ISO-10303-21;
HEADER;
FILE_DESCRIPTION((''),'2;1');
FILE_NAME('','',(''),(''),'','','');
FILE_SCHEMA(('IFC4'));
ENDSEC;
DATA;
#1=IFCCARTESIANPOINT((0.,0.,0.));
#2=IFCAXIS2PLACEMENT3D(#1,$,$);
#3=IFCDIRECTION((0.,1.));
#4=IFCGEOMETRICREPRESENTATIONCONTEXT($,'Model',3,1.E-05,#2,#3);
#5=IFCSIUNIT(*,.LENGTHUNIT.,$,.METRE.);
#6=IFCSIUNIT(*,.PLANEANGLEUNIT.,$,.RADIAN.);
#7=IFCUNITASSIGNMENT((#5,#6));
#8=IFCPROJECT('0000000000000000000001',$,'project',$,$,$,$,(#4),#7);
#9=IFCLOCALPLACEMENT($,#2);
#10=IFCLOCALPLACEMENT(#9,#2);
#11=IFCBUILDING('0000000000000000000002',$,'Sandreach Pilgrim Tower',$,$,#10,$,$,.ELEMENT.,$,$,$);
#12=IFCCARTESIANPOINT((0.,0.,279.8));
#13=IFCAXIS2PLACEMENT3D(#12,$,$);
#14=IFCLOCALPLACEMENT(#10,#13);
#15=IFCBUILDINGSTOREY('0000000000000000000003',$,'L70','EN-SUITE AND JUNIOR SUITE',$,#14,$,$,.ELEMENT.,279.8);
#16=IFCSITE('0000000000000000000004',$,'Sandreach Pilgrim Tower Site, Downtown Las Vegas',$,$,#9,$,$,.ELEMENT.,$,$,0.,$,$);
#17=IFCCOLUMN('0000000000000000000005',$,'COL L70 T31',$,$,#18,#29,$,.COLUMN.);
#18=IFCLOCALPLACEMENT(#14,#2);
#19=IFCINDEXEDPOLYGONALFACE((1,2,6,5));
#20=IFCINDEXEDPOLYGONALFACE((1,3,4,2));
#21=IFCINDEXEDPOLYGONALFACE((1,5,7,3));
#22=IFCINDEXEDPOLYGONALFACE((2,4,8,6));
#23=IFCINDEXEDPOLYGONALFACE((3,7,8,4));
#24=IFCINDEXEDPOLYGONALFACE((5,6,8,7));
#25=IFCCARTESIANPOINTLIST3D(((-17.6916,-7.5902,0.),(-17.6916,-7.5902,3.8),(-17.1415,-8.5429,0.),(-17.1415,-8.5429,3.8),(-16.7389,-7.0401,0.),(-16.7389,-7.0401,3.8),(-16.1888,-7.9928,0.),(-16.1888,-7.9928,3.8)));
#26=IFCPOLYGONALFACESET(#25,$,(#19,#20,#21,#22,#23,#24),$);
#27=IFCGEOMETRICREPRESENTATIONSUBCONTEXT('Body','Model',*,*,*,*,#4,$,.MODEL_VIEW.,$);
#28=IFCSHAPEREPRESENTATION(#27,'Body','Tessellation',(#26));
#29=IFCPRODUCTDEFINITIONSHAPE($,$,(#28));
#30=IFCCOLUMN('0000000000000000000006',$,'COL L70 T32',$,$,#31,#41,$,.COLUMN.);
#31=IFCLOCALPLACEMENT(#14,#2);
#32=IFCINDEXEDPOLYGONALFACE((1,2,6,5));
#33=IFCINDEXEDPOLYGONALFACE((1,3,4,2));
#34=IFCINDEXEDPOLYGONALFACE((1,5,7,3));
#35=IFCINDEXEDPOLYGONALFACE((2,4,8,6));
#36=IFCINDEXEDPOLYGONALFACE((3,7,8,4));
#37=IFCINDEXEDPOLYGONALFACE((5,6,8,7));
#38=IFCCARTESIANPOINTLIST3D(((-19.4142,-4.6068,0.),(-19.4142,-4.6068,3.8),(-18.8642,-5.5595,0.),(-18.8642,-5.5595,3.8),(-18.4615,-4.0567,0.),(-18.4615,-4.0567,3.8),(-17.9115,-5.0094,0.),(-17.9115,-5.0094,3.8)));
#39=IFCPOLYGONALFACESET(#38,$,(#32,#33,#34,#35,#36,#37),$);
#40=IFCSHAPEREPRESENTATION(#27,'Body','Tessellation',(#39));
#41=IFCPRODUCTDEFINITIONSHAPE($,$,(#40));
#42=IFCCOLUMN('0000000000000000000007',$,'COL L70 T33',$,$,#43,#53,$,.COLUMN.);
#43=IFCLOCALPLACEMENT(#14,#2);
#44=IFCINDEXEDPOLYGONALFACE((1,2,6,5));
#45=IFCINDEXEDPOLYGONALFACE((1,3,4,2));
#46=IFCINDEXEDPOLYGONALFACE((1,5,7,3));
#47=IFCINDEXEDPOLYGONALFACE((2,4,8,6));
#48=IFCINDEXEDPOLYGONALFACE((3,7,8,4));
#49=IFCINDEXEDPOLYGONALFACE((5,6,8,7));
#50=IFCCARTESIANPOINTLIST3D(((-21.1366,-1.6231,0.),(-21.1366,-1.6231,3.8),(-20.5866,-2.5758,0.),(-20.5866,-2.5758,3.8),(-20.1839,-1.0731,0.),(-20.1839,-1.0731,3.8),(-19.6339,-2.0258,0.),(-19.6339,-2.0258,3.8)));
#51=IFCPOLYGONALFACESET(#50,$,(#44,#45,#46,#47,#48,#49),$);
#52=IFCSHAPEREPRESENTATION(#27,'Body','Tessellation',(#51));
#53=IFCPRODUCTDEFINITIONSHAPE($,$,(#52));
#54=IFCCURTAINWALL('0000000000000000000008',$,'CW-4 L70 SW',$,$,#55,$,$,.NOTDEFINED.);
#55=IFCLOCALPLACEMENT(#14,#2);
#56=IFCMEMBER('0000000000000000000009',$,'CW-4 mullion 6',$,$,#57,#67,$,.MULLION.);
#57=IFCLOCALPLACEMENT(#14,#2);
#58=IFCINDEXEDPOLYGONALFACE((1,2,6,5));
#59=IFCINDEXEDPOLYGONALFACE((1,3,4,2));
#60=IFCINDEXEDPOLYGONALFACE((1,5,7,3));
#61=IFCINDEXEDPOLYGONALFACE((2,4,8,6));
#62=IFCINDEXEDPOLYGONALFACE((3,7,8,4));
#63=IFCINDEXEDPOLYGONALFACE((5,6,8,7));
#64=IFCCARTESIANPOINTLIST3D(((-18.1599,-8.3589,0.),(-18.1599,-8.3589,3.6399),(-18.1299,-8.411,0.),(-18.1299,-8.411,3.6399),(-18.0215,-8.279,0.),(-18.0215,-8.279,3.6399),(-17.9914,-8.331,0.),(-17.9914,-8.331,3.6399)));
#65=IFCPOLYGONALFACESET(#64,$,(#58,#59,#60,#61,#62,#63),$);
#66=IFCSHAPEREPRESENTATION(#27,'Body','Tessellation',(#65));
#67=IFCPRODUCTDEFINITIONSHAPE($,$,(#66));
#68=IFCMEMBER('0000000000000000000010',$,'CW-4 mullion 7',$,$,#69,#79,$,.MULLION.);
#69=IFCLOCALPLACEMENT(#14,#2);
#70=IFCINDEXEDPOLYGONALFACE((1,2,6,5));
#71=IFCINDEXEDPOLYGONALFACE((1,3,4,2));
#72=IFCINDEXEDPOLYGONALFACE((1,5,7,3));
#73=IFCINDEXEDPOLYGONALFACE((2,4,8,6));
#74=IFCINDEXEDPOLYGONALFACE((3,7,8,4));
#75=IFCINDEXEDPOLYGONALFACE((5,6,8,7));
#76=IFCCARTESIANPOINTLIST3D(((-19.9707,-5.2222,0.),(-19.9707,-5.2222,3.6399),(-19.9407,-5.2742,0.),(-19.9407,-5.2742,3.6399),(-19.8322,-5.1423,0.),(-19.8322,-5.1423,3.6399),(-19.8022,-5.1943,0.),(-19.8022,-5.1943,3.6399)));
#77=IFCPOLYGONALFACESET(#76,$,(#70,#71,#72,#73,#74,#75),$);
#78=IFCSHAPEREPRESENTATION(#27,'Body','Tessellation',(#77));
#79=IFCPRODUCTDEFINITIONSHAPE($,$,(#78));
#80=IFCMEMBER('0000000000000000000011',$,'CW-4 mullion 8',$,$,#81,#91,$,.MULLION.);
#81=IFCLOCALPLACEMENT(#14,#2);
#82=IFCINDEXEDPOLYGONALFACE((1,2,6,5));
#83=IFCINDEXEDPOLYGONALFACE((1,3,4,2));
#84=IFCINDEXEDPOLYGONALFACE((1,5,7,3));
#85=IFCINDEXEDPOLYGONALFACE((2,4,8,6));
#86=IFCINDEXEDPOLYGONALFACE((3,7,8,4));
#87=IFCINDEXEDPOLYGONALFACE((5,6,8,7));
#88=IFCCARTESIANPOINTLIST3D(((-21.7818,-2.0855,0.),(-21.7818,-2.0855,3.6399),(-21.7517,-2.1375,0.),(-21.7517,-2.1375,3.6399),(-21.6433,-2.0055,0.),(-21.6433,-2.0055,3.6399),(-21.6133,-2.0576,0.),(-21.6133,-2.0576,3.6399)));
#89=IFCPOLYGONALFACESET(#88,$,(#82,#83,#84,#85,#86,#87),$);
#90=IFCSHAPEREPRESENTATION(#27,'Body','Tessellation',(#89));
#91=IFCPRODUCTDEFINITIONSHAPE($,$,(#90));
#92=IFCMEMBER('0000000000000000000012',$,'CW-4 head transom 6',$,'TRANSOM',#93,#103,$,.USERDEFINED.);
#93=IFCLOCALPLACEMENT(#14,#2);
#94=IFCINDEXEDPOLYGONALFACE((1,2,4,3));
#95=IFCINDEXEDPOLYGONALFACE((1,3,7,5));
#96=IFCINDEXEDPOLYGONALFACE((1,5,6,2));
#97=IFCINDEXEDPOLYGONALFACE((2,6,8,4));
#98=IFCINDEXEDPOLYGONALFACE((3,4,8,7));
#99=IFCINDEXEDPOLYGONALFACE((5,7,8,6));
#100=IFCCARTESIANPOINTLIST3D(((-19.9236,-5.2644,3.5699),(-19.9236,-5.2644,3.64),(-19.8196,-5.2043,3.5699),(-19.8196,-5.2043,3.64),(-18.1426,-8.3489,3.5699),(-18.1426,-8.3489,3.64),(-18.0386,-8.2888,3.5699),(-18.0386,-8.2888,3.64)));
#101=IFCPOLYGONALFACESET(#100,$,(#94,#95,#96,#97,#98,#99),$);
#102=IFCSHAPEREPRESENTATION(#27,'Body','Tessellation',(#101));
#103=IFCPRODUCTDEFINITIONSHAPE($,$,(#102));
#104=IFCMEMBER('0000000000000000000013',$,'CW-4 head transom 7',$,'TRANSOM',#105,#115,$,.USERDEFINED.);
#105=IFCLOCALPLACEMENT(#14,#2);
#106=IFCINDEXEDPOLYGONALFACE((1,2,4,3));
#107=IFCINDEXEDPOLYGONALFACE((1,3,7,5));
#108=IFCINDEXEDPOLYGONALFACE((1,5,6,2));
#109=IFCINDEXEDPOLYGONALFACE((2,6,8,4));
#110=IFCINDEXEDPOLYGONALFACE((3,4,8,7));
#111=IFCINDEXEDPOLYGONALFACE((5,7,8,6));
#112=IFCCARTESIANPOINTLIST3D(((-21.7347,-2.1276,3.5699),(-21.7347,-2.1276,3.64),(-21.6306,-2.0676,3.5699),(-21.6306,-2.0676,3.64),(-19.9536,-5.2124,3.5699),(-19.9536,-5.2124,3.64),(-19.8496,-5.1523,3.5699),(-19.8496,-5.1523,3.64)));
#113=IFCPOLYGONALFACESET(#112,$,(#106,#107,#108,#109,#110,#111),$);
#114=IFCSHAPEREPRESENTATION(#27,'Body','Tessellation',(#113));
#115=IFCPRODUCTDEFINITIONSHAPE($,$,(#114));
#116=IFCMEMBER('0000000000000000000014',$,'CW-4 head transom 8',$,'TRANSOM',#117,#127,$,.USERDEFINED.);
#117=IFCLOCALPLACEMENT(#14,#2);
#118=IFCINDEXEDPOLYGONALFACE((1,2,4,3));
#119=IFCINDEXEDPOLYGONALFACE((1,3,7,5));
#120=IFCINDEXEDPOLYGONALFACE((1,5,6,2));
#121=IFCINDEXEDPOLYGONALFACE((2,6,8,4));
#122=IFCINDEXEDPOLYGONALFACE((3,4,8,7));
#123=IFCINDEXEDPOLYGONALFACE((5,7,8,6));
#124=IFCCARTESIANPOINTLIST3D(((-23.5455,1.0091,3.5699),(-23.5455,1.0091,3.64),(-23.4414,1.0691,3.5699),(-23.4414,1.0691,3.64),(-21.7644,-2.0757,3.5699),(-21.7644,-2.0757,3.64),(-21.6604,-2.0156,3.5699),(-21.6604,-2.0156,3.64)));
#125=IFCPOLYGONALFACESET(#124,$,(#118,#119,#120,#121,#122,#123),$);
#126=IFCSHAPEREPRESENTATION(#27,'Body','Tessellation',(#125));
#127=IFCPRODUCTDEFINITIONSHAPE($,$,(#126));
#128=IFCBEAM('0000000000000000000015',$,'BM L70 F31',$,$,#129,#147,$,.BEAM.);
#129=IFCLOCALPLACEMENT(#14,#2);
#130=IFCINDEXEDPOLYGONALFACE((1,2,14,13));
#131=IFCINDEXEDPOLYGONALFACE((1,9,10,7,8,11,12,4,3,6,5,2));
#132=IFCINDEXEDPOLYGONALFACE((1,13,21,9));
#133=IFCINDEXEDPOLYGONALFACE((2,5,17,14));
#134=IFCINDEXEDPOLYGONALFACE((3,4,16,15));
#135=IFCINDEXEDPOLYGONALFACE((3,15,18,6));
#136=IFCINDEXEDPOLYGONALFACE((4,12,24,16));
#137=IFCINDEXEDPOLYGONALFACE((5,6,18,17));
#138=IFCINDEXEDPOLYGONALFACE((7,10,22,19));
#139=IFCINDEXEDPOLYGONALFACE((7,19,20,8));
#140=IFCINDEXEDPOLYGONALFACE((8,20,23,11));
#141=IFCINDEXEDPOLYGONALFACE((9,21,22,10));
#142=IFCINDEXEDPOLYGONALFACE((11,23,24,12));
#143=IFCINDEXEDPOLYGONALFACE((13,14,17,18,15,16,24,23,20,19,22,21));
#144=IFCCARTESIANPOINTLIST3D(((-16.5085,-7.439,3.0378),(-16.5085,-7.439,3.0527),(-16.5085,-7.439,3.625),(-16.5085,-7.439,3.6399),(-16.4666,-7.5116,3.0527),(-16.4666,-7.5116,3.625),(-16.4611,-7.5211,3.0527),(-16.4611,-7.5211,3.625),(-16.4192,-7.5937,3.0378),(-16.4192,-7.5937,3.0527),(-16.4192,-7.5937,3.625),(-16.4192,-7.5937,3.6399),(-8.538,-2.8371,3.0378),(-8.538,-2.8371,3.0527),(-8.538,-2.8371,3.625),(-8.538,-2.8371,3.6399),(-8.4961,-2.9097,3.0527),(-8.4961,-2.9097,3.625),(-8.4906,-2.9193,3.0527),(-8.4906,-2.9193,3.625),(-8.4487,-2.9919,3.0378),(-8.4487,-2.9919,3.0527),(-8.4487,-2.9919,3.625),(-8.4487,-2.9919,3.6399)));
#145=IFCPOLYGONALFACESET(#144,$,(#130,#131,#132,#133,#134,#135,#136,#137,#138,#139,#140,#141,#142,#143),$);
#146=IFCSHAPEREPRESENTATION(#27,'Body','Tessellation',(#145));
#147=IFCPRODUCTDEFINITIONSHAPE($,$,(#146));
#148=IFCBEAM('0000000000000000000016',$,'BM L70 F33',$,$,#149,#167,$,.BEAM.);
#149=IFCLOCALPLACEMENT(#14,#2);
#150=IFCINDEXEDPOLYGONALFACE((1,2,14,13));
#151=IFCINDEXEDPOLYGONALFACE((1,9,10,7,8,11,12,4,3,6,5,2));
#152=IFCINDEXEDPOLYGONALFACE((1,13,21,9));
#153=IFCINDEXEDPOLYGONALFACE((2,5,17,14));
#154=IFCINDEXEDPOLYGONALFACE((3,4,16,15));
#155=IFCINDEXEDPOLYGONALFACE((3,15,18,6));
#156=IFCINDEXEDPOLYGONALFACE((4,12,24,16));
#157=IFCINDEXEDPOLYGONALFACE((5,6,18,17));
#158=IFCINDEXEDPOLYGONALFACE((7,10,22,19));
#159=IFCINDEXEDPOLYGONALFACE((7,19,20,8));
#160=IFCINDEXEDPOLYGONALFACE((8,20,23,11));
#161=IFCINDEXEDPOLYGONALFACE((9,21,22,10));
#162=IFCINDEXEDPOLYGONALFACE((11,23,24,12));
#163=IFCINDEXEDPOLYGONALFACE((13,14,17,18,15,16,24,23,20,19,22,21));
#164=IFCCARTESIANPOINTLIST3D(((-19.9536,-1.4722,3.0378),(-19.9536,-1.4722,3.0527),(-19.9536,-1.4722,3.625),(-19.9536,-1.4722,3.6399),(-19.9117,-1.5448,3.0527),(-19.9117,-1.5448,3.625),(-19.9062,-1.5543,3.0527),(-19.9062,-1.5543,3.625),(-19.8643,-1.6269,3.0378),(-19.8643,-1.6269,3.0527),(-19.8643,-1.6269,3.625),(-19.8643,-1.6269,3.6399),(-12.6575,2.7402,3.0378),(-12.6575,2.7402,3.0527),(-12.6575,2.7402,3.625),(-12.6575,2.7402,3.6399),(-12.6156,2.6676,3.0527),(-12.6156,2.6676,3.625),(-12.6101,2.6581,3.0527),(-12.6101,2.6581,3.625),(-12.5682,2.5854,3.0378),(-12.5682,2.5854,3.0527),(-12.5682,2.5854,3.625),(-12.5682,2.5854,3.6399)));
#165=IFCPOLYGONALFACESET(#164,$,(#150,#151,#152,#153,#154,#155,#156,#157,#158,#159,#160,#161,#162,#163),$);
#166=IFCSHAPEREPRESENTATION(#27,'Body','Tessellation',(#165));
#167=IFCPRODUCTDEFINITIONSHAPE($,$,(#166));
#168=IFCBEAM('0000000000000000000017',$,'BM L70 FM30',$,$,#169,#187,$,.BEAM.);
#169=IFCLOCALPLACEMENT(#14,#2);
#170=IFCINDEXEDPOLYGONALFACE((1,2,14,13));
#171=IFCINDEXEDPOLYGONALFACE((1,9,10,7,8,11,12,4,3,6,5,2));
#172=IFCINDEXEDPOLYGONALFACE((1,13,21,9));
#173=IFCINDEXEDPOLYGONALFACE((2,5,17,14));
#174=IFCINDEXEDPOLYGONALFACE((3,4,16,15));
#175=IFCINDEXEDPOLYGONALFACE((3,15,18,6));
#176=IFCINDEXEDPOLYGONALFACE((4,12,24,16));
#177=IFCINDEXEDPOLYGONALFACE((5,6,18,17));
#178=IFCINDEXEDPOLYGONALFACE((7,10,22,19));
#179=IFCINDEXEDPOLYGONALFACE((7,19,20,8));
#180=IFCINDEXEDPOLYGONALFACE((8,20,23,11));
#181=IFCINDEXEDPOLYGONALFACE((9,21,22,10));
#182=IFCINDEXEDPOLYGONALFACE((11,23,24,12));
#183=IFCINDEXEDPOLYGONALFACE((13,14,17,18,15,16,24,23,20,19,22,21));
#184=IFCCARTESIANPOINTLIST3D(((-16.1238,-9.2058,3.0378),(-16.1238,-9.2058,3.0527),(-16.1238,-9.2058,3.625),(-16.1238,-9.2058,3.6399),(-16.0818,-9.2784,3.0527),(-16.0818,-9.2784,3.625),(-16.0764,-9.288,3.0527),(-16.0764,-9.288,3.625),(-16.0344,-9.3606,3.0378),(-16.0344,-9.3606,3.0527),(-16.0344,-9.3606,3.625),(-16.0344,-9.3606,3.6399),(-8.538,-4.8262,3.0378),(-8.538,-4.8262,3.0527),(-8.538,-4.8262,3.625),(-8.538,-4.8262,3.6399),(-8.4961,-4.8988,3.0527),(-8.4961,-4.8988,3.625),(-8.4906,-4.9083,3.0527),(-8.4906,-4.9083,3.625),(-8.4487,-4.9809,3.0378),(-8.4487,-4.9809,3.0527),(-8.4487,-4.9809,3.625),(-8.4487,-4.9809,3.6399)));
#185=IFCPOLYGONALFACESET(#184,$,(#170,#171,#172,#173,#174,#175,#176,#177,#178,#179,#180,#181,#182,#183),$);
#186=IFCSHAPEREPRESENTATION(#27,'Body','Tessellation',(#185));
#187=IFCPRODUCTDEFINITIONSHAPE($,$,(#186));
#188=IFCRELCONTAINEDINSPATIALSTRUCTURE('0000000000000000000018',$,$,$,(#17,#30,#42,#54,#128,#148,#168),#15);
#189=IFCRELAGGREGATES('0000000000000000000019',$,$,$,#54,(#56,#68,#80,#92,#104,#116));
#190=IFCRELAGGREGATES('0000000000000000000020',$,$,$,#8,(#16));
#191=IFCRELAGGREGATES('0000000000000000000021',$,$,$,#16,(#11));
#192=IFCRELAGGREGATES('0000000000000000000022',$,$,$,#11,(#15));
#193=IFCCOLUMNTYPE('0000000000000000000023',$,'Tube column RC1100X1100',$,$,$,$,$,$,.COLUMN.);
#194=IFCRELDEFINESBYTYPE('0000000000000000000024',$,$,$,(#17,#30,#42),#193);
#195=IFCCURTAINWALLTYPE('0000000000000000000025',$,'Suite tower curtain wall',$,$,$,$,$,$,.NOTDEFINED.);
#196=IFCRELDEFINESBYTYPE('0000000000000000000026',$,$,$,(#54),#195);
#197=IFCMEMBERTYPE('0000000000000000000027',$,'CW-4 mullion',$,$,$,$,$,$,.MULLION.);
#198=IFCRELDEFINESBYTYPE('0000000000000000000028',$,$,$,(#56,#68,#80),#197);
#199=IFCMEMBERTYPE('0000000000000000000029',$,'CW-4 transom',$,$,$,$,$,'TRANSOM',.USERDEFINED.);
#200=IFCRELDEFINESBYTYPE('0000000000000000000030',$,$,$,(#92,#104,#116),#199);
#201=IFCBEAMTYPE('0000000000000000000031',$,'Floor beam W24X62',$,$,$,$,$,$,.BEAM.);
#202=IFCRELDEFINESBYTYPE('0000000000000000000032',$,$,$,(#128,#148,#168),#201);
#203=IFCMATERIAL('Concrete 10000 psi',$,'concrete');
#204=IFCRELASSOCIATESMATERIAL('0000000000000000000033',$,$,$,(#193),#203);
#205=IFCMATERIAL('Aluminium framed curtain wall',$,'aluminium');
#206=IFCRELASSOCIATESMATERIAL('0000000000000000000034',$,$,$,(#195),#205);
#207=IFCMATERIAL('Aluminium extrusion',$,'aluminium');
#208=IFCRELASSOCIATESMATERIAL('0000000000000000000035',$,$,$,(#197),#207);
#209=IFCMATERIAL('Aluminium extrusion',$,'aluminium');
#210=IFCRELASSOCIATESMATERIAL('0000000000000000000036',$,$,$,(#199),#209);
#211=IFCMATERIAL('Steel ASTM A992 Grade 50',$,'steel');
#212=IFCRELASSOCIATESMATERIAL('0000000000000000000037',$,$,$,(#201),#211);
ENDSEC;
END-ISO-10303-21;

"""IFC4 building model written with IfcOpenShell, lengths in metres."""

from ifc_helpers import new_model, si_unit, direction, frame, origin, origin_2d, place, context, subcontext, project, spatial, rectangle, i_section, extrude, material, material_profile, profile_set, type_object, element, aggregate, save


model = new_model("IFC4")

# Units and contexts
model_context = context("Model", 3, precision=1e-05, world=origin(), true_north=direction((0.0, 1.0)))
body_context = subcontext(model_context, "Body", "Model", "MODEL_VIEW")
ifc_project = project(units=[si_unit("LENGTHUNIT", "METRE"), si_unit("PLANEANGLEUNIT", "RADIAN")], contexts=[model_context])

# Site, building, storey
site_placement = place(None, origin())
site = spatial("IfcSite", under=ifc_project, at=site_placement, Name="Sandreach Pilgrim Tower Site, Downtown Las Vegas", CompositionType="ELEMENT", RefElevation=0.0)
building_placement = place(site_placement, origin())
building = spatial("IfcBuilding", under=site, at=building_placement, Name="Sandreach Pilgrim Tower", CompositionType="ELEMENT")
storey_placement = place(building_placement, frame((0.0, 0.0, 279.8)))
storey = spatial("IfcBuildingStorey", under=building, at=storey_placement, Name="L70", Description="EN-SUITE AND JUNIOR SUITE", CompositionType="ELEMENT", Elevation=279.8)

# Columns
ifc_material_1 = material(Name="Concrete 10000 psi", Category="concrete")
ifc_material_profile_1 = material_profile(ifc_material_1, rectangle(XDim=1.1001, YDim=1.1001, at=origin_2d()), Name="RC1100X1100")
ifc_profile_set_1 = profile_set([ifc_material_profile_1], Name="Concrete 10000 psi")
column_type = type_object("IfcColumnType", Name="Tube column RC1100X1100", PredefinedType="COLUMN", material=ifc_profile_set_1)
for number, where, z_axis, x_axis, name in (
    (1, (-16.9402, -7.7915, 0.0), (0.0, 0.0, 1.0), (-0.866025, -0.5, 0.0), "COL L70 T31"),
    (2, (-18.6628, -4.8081, 0.0), (0.0, 0.0, 1.0), (-0.866025, -0.5, 0.0), "COL L70 T32"),
    (3, (-20.3853, -1.8245, 0.0), (0.0, 0.0, 1.0), (-0.866025, -0.5, 0.0), "COL L70 T33"),
):
    element("IfcColumn", number, at=place(storey_placement, frame(where, z_axis=z_axis, x_axis=x_axis)), inside=storey, type_object=column_type, Name=name, PredefinedType="COLUMN", context=body_context, shape_type="SweptSolid", body=[
        extrude(rectangle(XDim=1.1001, YDim=1.1001, at=origin_2d()), origin(), (0.0, 0.0, 1.0), 3.8),
    ])

# Curtain wall, members
ifc_material_2 = material(Name="Aluminium framed curtain wall", Category="aluminium")
curtain_wall_type = type_object("IfcCurtainWallType", Name="Suite tower curtain wall", PredefinedType="NOTDEFINED", material=ifc_material_2)
curtain_wall_placement = place(storey_placement, origin())
curtain_wall = element("IfcCurtainWall", 4, at=curtain_wall_placement, inside=storey, type_object=curtain_wall_type, Name="CW-4 L70 SW", PredefinedType="NOTDEFINED")
ifc_material_3 = material(Name="Aluminium extrusion", Category="aluminium")
ifc_material_profile_2 = material_profile(ifc_material_3, rectangle(XDim=0.0601, YDim=0.1599, at=origin_2d()), Name="CW-4M 60X160")
ifc_profile_set_2 = profile_set([ifc_material_profile_2], Name="Aluminium extrusion")
member_type_1 = type_object("IfcMemberType", Name="CW-4 mullion", PredefinedType="MULLION", material=ifc_profile_set_2)
member_1_placement = place(storey_placement, frame((-18.0757, -8.345, 0.0), z_axis=(0.0, 0.0, 1.0), x_axis=(-0.5, 0.866025, 0.0)))
member_1 = element("IfcMember", 5, at=member_1_placement, type_object=member_type_1, Name="CW-4 mullion 6", PredefinedType="MULLION", context=body_context, shape_type="SweptSolid", body=[
    extrude(rectangle(XDim=0.0601, YDim=0.1599, at=origin_2d()), origin(), (0.0, 0.0, 1.0), 3.6399),
])
member_2_placement = place(storey_placement, frame((-19.8865, -5.2083, 0.0), z_axis=(0.0, 0.0, 1.0), x_axis=(-0.5, 0.866025, 0.0)))
member_2 = element("IfcMember", 6, at=member_2_placement, type_object=member_type_1, Name="CW-4 mullion 7", PredefinedType="MULLION", context=body_context, shape_type="SweptSolid", body=[
    extrude(rectangle(XDim=0.0601, YDim=0.1599, at=origin_2d()), origin(), (0.0, 0.0, 1.0), 3.6399),
])
member_3_placement = place(storey_placement, frame((-21.6975, -2.0715, 0.0), z_axis=(0.0, 0.0, 1.0), x_axis=(-0.5, 0.866025, 0.0)))
member_3 = element("IfcMember", 7, at=member_3_placement, type_object=member_type_1, Name="CW-4 mullion 8", PredefinedType="MULLION", context=body_context, shape_type="SweptSolid", body=[
    extrude(rectangle(XDim=0.0601, YDim=0.1599, at=origin_2d()), origin(), (0.0, 0.0, 1.0), 3.6399),
])
ifc_material_4 = material(Name="Aluminium extrusion", Category="aluminium")
ifc_material_profile_3 = material_profile(ifc_material_4, rectangle(XDim=0.1201, YDim=0.0701, at=origin_2d()), Name="CW-4T 120X70")
ifc_profile_set_3 = profile_set([ifc_material_profile_3], Name="Aluminium extrusion")
member_type_2 = type_object("IfcMemberType", Name="CW-4 transom", ElementType="TRANSOM", PredefinedType="USERDEFINED", material=ifc_profile_set_3)
member_4_placement = place(storey_placement, frame((-18.0906, -8.3188, 3.605), z_axis=(-0.500039, 0.866003, 0.0), x_axis=(-0.866003, -0.500039, 0.0)))
member_4 = element("IfcMember", 8, at=member_4_placement, type_object=member_type_2, Name="CW-4 head transom 6", ObjectType="TRANSOM", PredefinedType="USERDEFINED", context=body_context, shape_type="SweptSolid", body=[
    extrude(rectangle(XDim=0.1201, YDim=0.0701, at=origin_2d()), origin(), (0.0, 0.0, 1.0), 3.5618),
])
member_5_placement = place(storey_placement, frame((-19.9016, -5.1824, 3.605), z_axis=(-0.500009, 0.86602, 0.0), x_axis=(-0.86602, -0.500009, 0.0)))
member_5 = element("IfcMember", 9, at=member_5_placement, type_object=member_type_2, Name="CW-4 head transom 7", ObjectType="TRANSOM", PredefinedType="USERDEFINED", context=body_context, shape_type="SweptSolid", body=[
    extrude(rectangle(XDim=0.1201, YDim=0.0701, at=origin_2d()), origin(), (0.0, 0.0, 1.0), 3.562),
])
member_6_placement = place(storey_placement, frame((-21.7124, -2.0457, 3.605), z_axis=(-0.500009, 0.86602, 0.0), x_axis=(-0.86602, -0.500009, 0.0)))
member_6 = element("IfcMember", 10, at=member_6_placement, type_object=member_type_2, Name="CW-4 head transom 8", ObjectType="TRANSOM", PredefinedType="USERDEFINED", context=body_context, shape_type="SweptSolid", body=[
    extrude(rectangle(XDim=0.1201, YDim=0.0701, at=origin_2d()), origin(), (0.0, 0.0, 1.0), 3.562),
])

# Beams
ifc_material_5 = material(Name="Steel ASTM A992 Grade 50", Category="steel")
ifc_material_profile_4 = material_profile(ifc_material_5, i_section(OverallWidth=0.1787, OverallDepth=0.6021, WebThickness=0.011, FlangeThickness=0.0149, at=origin_2d()), Name="W24X62")
ifc_profile_set_4 = profile_set([ifc_material_profile_4], Name="Steel ASTM A992 Grade 50")
beam_type_1 = type_object("IfcBeamType", Name="Floor beam W24X62", PredefinedType="BEAM", material=ifc_profile_set_4)
beam_1_placement = place(storey_placement, frame((-16.4639, -7.5164, 3.3389), z_axis=(0.866023, 0.500005, 0.0), x_axis=(-0.500005, 0.866023, 0.0)))
element("IfcBeam", 11, at=beam_1_placement, inside=storey, type_object=beam_type_1, Name="BM L70 F31", PredefinedType="BEAM", context=body_context, shape_type="SweptSolid", body=[
    extrude(i_section(OverallWidth=0.1787, OverallDepth=0.6021, WebThickness=0.011, FlangeThickness=0.0149, at=origin_2d()), origin(), (0.0, 0.0, 1.0), 9.2036),
])
beam_2_placement = place(storey_placement, frame((-19.9089, -1.5496, 3.3389), z_axis=(0.866027, 0.499998, 0.0), x_axis=(-0.499998, 0.866027, 0.0)))
element("IfcBeam", 12, at=beam_2_placement, inside=storey, type_object=beam_type_1, Name="BM L70 F33", PredefinedType="BEAM", context=body_context, shape_type="SweptSolid", body=[
    extrude(i_section(OverallWidth=0.1787, OverallDepth=0.6021, WebThickness=0.011, FlangeThickness=0.0149, at=origin_2d()), origin(), (0.0, 0.0, 1.0), 8.4248),
])
beam_3_placement = place(storey_placement, frame((-16.0791, -9.2832, 3.3389), z_axis=(0.866024, 0.500003, 0.0), x_axis=(-0.500003, 0.866024, 0.0)))
element("IfcBeam", 13, at=beam_3_placement, inside=storey, type_object=beam_type_1, Name="BM L70 FM30", PredefinedType="BEAM", context=body_context, shape_type="SweptSolid", body=[
    extrude(i_section(OverallWidth=0.1787, OverallDepth=0.6021, WebThickness=0.011, FlangeThickness=0.0149, at=origin_2d()), origin(), (0.0, 0.0, 1.0), 8.7593),
])

aggregate(curtain_wall, [member_1, member_2, member_3, member_4, member_5, member_6])

save(model, "model.ifc")
